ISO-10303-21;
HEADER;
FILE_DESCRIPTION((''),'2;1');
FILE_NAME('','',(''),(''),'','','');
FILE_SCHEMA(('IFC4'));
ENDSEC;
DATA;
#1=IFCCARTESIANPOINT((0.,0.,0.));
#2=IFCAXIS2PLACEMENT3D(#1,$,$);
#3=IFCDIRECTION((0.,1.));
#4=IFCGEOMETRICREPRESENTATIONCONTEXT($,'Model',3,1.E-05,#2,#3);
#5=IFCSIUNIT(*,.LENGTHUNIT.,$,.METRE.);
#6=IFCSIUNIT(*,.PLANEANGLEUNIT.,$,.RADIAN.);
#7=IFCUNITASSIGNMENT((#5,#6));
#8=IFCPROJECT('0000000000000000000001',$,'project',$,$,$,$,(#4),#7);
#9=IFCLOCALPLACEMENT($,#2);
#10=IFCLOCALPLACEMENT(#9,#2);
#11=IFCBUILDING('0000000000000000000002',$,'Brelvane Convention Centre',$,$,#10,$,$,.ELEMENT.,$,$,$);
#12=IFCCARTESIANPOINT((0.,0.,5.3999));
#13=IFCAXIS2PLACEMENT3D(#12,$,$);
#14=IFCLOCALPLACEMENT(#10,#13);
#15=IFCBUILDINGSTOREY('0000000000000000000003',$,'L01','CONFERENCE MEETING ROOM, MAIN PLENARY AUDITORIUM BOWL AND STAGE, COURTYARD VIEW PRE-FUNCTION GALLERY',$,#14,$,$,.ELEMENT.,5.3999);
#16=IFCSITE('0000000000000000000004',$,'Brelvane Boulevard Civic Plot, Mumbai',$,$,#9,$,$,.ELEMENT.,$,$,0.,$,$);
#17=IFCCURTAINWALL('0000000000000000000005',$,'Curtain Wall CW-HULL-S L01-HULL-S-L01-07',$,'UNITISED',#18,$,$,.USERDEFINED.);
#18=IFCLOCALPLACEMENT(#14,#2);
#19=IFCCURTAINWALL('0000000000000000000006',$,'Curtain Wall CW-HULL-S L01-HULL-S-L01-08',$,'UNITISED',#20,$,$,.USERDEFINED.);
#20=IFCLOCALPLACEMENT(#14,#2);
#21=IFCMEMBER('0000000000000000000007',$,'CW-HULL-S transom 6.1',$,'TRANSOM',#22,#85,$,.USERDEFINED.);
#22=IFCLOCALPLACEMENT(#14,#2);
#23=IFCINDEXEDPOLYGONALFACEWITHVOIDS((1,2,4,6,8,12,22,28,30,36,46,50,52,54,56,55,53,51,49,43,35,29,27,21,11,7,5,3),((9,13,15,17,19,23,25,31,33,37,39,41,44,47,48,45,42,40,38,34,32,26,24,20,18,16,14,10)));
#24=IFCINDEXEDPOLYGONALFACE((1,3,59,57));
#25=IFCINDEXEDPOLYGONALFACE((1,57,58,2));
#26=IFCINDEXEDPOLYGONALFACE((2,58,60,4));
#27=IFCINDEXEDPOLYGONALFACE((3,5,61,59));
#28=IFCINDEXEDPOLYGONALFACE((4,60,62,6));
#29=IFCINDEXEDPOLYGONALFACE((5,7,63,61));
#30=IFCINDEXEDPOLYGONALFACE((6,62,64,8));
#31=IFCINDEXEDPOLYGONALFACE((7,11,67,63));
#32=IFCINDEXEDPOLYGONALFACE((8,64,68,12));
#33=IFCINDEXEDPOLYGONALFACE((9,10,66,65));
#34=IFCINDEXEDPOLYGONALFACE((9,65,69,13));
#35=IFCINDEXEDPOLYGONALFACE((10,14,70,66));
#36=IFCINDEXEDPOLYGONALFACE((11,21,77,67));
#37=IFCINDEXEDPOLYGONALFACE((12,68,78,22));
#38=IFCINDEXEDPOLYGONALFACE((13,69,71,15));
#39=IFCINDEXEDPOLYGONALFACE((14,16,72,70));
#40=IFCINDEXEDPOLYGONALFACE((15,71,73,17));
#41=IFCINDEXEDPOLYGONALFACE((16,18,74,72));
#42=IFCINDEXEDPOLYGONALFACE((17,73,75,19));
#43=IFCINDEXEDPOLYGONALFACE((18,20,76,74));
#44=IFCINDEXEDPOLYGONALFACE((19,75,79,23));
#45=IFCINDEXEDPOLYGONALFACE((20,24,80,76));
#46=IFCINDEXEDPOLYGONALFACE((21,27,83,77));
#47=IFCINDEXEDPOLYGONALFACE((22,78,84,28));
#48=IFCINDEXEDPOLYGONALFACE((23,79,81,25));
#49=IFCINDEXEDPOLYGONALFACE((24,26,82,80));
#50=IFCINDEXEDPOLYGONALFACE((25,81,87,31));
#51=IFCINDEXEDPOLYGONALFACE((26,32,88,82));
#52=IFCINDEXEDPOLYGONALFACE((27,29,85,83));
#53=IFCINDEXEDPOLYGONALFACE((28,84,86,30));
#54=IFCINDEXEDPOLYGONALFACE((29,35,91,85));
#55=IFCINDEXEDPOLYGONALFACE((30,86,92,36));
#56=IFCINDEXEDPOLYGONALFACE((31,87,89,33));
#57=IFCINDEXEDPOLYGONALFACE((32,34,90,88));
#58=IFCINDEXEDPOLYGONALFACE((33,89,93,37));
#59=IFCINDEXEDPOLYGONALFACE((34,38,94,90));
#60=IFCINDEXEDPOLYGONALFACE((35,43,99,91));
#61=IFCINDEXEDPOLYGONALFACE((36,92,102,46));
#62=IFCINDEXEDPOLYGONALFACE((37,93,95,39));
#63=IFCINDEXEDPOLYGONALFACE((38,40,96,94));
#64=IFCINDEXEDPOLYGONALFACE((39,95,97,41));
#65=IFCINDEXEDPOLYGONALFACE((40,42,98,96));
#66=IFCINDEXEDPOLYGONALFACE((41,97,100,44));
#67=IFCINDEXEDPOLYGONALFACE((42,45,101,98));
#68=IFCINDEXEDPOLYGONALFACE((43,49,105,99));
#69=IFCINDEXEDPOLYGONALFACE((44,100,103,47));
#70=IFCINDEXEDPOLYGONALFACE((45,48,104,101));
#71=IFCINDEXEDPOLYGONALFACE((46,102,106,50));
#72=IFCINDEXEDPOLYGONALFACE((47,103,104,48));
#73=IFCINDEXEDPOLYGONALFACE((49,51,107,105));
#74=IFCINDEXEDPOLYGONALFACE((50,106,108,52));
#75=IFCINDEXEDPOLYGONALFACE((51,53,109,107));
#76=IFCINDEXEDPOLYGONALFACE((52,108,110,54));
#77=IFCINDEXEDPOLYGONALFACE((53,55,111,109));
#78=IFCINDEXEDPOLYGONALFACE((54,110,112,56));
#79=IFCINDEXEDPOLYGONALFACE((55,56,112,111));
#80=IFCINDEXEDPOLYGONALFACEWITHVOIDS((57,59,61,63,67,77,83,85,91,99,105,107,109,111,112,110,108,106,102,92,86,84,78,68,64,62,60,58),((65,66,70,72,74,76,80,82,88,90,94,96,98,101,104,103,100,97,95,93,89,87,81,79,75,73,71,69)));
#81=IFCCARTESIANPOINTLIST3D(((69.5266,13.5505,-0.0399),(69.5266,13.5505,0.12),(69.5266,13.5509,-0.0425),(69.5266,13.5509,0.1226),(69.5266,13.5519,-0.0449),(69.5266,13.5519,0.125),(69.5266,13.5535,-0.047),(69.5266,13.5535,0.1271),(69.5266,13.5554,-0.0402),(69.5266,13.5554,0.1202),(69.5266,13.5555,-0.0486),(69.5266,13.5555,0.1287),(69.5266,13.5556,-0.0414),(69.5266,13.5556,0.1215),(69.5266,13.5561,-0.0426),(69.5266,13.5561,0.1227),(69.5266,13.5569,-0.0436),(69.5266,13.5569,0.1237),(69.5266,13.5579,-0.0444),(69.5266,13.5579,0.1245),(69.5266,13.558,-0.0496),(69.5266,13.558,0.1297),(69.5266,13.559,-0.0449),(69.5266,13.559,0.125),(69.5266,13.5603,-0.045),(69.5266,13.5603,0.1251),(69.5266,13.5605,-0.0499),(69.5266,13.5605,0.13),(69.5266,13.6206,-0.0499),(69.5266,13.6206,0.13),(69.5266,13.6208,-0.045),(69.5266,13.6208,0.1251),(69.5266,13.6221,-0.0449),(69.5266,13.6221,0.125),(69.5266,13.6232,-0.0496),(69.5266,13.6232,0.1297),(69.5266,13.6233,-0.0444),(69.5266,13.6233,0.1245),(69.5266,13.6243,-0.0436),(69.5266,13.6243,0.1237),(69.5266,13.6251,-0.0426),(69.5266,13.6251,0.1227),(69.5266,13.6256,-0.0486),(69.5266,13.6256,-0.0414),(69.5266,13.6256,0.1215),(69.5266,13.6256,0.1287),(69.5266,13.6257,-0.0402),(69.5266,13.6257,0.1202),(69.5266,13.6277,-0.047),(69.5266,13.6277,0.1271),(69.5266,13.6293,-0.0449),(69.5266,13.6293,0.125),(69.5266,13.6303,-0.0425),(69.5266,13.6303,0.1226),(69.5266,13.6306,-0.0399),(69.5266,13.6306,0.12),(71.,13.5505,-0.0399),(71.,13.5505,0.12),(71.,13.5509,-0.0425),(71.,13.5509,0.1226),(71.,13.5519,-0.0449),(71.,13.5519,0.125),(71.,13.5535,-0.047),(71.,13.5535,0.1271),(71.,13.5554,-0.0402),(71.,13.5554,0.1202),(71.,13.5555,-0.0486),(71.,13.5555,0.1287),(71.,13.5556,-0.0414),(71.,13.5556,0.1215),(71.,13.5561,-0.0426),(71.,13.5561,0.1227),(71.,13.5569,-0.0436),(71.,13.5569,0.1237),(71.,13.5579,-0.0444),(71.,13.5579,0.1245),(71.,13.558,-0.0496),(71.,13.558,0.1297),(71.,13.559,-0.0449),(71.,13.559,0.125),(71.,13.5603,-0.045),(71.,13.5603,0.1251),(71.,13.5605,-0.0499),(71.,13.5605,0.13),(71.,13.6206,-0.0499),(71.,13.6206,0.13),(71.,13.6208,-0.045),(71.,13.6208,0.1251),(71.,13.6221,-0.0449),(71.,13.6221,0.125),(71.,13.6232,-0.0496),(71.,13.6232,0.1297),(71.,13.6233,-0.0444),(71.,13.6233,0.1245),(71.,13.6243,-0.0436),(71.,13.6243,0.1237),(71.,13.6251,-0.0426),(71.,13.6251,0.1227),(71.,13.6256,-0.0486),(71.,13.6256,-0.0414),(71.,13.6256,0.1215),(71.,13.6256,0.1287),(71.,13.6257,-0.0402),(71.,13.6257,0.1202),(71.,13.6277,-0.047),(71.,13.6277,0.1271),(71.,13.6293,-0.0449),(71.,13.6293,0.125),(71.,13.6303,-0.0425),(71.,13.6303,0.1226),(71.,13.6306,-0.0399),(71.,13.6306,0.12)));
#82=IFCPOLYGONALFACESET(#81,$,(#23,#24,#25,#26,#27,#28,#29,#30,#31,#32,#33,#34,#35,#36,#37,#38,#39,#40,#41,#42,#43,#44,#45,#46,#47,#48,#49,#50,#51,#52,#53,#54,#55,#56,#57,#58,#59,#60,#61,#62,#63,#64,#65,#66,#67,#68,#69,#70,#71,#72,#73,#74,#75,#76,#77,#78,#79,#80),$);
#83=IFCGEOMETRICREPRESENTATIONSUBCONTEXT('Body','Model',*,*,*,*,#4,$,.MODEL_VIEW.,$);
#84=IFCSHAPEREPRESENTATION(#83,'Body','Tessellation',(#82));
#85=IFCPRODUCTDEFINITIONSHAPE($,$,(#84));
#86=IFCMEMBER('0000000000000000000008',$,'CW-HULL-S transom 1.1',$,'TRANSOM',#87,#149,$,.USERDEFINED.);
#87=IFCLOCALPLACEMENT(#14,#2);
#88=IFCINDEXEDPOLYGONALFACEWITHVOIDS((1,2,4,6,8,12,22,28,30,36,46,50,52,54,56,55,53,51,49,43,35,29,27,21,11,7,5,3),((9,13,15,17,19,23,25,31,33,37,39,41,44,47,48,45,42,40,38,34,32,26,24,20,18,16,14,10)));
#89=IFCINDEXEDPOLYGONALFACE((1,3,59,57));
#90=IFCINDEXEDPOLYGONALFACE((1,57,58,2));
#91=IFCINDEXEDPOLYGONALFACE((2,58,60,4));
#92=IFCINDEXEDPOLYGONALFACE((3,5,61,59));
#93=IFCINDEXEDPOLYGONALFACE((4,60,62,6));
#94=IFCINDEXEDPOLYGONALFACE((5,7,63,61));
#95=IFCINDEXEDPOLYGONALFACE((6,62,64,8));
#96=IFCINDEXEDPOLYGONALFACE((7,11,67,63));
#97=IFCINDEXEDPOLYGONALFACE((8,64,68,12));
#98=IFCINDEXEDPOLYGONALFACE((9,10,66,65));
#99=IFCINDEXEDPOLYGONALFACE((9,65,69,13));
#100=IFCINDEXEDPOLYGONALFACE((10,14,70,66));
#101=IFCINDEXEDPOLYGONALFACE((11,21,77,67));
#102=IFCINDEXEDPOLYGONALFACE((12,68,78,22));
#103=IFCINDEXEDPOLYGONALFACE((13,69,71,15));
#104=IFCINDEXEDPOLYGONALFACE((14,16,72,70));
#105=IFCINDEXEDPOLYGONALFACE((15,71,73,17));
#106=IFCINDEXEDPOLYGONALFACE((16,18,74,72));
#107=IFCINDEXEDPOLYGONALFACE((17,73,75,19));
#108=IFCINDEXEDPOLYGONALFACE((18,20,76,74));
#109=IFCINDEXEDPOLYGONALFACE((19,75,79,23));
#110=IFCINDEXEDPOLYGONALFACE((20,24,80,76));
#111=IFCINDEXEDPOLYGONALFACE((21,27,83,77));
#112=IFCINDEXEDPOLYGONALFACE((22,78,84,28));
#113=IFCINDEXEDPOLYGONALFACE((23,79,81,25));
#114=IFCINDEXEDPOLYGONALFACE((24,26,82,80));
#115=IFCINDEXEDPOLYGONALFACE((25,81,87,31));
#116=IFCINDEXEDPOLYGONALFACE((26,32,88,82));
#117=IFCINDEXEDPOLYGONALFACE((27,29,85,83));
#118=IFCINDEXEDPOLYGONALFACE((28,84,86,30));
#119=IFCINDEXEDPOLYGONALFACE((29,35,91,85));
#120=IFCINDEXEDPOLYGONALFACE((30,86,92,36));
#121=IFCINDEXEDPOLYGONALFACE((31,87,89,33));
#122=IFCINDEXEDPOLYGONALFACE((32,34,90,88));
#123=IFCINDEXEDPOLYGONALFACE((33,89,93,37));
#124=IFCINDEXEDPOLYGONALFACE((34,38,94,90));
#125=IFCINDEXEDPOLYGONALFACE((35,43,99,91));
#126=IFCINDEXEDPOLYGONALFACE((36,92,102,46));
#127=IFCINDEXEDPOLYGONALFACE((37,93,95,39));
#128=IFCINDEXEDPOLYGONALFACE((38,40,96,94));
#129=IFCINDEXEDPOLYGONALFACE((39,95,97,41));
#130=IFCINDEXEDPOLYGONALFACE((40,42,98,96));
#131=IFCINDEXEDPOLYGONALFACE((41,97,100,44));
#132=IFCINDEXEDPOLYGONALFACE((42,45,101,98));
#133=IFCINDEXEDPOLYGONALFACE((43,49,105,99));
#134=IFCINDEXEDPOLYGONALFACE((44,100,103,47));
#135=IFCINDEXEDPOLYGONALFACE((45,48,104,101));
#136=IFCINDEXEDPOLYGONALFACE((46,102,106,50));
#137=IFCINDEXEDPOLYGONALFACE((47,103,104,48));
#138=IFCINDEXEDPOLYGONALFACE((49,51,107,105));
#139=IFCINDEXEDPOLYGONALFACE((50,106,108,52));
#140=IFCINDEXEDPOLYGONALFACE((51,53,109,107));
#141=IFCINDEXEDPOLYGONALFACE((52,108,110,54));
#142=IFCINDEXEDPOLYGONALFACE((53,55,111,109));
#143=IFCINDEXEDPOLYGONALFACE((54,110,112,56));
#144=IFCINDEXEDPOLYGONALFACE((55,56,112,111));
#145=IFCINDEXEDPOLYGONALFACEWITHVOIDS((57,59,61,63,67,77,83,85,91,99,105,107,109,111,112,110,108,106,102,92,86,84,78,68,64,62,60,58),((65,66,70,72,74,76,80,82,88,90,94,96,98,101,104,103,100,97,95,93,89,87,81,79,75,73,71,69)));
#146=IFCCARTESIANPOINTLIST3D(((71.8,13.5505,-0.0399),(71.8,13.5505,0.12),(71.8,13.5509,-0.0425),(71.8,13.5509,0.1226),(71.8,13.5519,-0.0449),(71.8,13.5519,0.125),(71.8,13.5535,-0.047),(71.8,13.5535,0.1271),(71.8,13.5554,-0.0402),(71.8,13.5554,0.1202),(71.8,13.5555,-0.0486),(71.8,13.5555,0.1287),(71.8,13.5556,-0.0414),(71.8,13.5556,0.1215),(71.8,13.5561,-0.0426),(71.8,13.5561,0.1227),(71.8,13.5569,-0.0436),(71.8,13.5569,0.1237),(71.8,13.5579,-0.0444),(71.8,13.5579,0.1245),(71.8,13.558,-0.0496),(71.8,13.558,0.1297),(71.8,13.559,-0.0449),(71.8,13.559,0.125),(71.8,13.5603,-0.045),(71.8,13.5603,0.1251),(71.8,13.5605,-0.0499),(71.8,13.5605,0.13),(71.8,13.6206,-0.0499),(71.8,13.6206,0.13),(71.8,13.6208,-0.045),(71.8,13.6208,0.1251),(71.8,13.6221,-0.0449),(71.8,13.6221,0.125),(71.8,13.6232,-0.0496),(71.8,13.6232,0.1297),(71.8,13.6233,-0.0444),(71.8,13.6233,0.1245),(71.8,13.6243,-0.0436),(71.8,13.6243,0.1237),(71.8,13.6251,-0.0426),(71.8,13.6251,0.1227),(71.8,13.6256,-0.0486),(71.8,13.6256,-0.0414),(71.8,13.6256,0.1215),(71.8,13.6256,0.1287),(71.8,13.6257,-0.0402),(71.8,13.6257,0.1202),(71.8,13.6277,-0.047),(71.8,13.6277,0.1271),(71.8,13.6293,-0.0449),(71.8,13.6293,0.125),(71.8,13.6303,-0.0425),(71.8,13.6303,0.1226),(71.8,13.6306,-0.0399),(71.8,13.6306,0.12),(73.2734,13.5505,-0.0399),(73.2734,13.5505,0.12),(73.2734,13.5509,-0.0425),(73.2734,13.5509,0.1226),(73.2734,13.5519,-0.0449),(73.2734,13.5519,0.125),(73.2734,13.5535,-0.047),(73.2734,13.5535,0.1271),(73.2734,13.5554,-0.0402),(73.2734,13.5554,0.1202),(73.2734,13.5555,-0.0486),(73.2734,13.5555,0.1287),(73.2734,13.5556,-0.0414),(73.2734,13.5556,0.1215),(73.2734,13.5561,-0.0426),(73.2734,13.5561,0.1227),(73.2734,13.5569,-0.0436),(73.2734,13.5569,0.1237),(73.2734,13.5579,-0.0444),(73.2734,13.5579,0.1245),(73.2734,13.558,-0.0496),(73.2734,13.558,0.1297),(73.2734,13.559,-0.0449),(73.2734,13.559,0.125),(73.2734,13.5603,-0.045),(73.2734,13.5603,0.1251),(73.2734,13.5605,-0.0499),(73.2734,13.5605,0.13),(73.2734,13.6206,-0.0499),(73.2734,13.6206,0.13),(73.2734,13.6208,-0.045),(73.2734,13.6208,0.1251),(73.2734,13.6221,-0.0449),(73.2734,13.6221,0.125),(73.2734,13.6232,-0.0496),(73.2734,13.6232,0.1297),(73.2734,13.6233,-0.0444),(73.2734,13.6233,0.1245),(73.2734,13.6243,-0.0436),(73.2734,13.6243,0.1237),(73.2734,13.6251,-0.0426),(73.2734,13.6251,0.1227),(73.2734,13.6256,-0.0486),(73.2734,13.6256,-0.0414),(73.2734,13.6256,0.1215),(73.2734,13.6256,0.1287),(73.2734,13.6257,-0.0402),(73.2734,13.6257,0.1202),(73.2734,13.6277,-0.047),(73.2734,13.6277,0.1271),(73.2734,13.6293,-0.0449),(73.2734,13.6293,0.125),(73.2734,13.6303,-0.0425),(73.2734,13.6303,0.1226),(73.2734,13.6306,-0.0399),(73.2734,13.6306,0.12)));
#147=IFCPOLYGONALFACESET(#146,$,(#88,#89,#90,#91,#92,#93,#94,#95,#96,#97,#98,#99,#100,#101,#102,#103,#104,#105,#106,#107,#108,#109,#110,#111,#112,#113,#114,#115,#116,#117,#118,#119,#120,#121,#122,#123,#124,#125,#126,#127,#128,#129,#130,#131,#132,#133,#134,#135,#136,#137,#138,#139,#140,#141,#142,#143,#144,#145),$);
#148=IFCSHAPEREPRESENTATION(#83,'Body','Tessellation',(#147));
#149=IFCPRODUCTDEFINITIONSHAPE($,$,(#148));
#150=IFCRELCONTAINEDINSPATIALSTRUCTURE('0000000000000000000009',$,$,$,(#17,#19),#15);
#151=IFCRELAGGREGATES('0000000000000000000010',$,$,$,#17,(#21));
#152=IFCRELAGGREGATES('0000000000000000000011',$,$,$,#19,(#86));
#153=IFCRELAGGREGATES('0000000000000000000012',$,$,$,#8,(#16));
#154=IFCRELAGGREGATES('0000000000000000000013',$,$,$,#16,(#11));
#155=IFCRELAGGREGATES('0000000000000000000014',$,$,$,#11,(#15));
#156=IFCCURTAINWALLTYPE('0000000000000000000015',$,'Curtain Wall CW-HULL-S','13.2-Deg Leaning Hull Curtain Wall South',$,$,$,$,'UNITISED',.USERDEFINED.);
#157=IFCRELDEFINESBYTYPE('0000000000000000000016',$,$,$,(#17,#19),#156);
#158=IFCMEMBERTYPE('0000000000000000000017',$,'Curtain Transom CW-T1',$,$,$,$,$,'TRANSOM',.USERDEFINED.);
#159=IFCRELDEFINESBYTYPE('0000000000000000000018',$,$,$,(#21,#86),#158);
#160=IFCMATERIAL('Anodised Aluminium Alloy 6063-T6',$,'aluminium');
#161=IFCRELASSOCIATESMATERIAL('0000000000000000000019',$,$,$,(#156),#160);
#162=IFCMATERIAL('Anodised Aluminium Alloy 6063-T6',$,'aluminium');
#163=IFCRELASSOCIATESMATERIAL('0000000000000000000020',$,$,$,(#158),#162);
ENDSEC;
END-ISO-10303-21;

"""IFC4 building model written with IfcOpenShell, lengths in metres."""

from ifc_helpers import new_model, si_unit, direction, frame, origin, origin_2d, place, context, subcontext, project, spatial, hollow_rectangle, extrude, material, material_profile, profile_set, type_object, element, aggregate, save


model = new_model("IFC4")

# Units and contexts
model_context = context("Model", 3, precision=1e-05, world=origin(), true_north=direction((0.0, 1.0)))
body_context = subcontext(model_context, "Body", "Model", "MODEL_VIEW")
ifc_project = project(units=[si_unit("LENGTHUNIT", "METRE"), si_unit("PLANEANGLEUNIT", "RADIAN")], contexts=[model_context])

# Site, building, storey
site_placement = place(None, origin())
site = spatial("IfcSite", under=ifc_project, at=site_placement, Name="Brelvane Boulevard Civic Plot, Mumbai", CompositionType="ELEMENT", RefElevation=0.0)
building_placement = place(site_placement, origin())
building = spatial("IfcBuilding", under=site, at=building_placement, Name="Brelvane Convention Centre", CompositionType="ELEMENT")
storey_placement = place(building_placement, frame((0.0, 0.0, 5.3999)))
storey = spatial("IfcBuildingStorey", under=building, at=storey_placement, Name="L01", Description="CONFERENCE MEETING ROOM, MAIN PLENARY AUDITORIUM BOWL AND STAGE, COURTYARD VIEW PRE-FUNCTION GALLERY", CompositionType="ELEMENT", Elevation=5.3999)

# Curtain walls
ifc_material_1 = material(Name="Anodised Aluminium Alloy 6063-T6", Category="aluminium")
curtain_wall_type = type_object("IfcCurtainWallType", Name="Curtain Wall CW-HULL-S", Description="13.2-Deg Leaning Hull Curtain Wall South", ElementType="UNITISED", PredefinedType="USERDEFINED", material=ifc_material_1)
curtain_wall_1_placement = place(storey_placement, origin())
curtain_wall_1 = element("IfcCurtainWall", 1, at=curtain_wall_1_placement, inside=storey, type_object=curtain_wall_type, Name="Curtain Wall CW-HULL-S L01-HULL-S-L01-07", ObjectType="UNITISED", PredefinedType="USERDEFINED")
curtain_wall_2_placement = place(storey_placement, origin())
curtain_wall_2 = element("IfcCurtainWall", 2, at=curtain_wall_2_placement, inside=storey, type_object=curtain_wall_type, Name="Curtain Wall CW-HULL-S L01-HULL-S-L01-08", ObjectType="UNITISED", PredefinedType="USERDEFINED")

# Members
ifc_material_2 = material(Name="Anodised Aluminium Alloy 6063-T6", Category="aluminium")
ifc_material_profile_1 = material_profile(ifc_material_2, hollow_rectangle(XDim=0.0801, YDim=0.1799, WallThickness=0.0049, InnerFilletRadius=0.0049, OuterFilletRadius=0.01, at=origin_2d()), Name="ALU-T 180x80x5.0")
ifc_profile_set_1 = profile_set([ifc_material_profile_1], Name="Anodised Aluminium Alloy 6063-T6")
member_type_1 = type_object("IfcMemberType", Name="Curtain Transom CW-T1", ElementType="TRANSOM", PredefinedType="USERDEFINED", material=ifc_profile_set_1)
member_1_placement = place(storey_placement, frame((69.5266, 13.5906, 0.04), z_axis=(1.0, 0.0, 0.0), x_axis=(0.0, 1.0, 0.0)))
member_1 = element("IfcMember", 3, at=member_1_placement, type_object=member_type_1, Name="CW-HULL-S transom 6.1", ObjectType="TRANSOM", PredefinedType="USERDEFINED", context=body_context, shape_type="SweptSolid", body=[
    extrude(hollow_rectangle(XDim=0.0801, YDim=0.1799, WallThickness=0.0049, InnerFilletRadius=0.0049, OuterFilletRadius=0.01, at=origin_2d()), origin(), (0.0, 0.0, 1.0), 1.4734),
])
member_2_placement = place(storey_placement, frame((71.8, 13.5906, 0.04), z_axis=(1.0, 0.0, 0.0), x_axis=(0.0, 1.0, 0.0)))
member_2 = element("IfcMember", 4, at=member_2_placement, type_object=member_type_1, Name="CW-HULL-S transom 1.1", ObjectType="TRANSOM", PredefinedType="USERDEFINED", context=body_context, shape_type="SweptSolid", body=[
    extrude(hollow_rectangle(XDim=0.0801, YDim=0.1799, WallThickness=0.0049, InnerFilletRadius=0.0049, OuterFilletRadius=0.01, at=origin_2d()), origin(), (0.0, 0.0, 1.0), 1.4734),
])

aggregate(curtain_wall_1, [member_1])
aggregate(curtain_wall_2, [member_2])

save(model, "model.ifc")
